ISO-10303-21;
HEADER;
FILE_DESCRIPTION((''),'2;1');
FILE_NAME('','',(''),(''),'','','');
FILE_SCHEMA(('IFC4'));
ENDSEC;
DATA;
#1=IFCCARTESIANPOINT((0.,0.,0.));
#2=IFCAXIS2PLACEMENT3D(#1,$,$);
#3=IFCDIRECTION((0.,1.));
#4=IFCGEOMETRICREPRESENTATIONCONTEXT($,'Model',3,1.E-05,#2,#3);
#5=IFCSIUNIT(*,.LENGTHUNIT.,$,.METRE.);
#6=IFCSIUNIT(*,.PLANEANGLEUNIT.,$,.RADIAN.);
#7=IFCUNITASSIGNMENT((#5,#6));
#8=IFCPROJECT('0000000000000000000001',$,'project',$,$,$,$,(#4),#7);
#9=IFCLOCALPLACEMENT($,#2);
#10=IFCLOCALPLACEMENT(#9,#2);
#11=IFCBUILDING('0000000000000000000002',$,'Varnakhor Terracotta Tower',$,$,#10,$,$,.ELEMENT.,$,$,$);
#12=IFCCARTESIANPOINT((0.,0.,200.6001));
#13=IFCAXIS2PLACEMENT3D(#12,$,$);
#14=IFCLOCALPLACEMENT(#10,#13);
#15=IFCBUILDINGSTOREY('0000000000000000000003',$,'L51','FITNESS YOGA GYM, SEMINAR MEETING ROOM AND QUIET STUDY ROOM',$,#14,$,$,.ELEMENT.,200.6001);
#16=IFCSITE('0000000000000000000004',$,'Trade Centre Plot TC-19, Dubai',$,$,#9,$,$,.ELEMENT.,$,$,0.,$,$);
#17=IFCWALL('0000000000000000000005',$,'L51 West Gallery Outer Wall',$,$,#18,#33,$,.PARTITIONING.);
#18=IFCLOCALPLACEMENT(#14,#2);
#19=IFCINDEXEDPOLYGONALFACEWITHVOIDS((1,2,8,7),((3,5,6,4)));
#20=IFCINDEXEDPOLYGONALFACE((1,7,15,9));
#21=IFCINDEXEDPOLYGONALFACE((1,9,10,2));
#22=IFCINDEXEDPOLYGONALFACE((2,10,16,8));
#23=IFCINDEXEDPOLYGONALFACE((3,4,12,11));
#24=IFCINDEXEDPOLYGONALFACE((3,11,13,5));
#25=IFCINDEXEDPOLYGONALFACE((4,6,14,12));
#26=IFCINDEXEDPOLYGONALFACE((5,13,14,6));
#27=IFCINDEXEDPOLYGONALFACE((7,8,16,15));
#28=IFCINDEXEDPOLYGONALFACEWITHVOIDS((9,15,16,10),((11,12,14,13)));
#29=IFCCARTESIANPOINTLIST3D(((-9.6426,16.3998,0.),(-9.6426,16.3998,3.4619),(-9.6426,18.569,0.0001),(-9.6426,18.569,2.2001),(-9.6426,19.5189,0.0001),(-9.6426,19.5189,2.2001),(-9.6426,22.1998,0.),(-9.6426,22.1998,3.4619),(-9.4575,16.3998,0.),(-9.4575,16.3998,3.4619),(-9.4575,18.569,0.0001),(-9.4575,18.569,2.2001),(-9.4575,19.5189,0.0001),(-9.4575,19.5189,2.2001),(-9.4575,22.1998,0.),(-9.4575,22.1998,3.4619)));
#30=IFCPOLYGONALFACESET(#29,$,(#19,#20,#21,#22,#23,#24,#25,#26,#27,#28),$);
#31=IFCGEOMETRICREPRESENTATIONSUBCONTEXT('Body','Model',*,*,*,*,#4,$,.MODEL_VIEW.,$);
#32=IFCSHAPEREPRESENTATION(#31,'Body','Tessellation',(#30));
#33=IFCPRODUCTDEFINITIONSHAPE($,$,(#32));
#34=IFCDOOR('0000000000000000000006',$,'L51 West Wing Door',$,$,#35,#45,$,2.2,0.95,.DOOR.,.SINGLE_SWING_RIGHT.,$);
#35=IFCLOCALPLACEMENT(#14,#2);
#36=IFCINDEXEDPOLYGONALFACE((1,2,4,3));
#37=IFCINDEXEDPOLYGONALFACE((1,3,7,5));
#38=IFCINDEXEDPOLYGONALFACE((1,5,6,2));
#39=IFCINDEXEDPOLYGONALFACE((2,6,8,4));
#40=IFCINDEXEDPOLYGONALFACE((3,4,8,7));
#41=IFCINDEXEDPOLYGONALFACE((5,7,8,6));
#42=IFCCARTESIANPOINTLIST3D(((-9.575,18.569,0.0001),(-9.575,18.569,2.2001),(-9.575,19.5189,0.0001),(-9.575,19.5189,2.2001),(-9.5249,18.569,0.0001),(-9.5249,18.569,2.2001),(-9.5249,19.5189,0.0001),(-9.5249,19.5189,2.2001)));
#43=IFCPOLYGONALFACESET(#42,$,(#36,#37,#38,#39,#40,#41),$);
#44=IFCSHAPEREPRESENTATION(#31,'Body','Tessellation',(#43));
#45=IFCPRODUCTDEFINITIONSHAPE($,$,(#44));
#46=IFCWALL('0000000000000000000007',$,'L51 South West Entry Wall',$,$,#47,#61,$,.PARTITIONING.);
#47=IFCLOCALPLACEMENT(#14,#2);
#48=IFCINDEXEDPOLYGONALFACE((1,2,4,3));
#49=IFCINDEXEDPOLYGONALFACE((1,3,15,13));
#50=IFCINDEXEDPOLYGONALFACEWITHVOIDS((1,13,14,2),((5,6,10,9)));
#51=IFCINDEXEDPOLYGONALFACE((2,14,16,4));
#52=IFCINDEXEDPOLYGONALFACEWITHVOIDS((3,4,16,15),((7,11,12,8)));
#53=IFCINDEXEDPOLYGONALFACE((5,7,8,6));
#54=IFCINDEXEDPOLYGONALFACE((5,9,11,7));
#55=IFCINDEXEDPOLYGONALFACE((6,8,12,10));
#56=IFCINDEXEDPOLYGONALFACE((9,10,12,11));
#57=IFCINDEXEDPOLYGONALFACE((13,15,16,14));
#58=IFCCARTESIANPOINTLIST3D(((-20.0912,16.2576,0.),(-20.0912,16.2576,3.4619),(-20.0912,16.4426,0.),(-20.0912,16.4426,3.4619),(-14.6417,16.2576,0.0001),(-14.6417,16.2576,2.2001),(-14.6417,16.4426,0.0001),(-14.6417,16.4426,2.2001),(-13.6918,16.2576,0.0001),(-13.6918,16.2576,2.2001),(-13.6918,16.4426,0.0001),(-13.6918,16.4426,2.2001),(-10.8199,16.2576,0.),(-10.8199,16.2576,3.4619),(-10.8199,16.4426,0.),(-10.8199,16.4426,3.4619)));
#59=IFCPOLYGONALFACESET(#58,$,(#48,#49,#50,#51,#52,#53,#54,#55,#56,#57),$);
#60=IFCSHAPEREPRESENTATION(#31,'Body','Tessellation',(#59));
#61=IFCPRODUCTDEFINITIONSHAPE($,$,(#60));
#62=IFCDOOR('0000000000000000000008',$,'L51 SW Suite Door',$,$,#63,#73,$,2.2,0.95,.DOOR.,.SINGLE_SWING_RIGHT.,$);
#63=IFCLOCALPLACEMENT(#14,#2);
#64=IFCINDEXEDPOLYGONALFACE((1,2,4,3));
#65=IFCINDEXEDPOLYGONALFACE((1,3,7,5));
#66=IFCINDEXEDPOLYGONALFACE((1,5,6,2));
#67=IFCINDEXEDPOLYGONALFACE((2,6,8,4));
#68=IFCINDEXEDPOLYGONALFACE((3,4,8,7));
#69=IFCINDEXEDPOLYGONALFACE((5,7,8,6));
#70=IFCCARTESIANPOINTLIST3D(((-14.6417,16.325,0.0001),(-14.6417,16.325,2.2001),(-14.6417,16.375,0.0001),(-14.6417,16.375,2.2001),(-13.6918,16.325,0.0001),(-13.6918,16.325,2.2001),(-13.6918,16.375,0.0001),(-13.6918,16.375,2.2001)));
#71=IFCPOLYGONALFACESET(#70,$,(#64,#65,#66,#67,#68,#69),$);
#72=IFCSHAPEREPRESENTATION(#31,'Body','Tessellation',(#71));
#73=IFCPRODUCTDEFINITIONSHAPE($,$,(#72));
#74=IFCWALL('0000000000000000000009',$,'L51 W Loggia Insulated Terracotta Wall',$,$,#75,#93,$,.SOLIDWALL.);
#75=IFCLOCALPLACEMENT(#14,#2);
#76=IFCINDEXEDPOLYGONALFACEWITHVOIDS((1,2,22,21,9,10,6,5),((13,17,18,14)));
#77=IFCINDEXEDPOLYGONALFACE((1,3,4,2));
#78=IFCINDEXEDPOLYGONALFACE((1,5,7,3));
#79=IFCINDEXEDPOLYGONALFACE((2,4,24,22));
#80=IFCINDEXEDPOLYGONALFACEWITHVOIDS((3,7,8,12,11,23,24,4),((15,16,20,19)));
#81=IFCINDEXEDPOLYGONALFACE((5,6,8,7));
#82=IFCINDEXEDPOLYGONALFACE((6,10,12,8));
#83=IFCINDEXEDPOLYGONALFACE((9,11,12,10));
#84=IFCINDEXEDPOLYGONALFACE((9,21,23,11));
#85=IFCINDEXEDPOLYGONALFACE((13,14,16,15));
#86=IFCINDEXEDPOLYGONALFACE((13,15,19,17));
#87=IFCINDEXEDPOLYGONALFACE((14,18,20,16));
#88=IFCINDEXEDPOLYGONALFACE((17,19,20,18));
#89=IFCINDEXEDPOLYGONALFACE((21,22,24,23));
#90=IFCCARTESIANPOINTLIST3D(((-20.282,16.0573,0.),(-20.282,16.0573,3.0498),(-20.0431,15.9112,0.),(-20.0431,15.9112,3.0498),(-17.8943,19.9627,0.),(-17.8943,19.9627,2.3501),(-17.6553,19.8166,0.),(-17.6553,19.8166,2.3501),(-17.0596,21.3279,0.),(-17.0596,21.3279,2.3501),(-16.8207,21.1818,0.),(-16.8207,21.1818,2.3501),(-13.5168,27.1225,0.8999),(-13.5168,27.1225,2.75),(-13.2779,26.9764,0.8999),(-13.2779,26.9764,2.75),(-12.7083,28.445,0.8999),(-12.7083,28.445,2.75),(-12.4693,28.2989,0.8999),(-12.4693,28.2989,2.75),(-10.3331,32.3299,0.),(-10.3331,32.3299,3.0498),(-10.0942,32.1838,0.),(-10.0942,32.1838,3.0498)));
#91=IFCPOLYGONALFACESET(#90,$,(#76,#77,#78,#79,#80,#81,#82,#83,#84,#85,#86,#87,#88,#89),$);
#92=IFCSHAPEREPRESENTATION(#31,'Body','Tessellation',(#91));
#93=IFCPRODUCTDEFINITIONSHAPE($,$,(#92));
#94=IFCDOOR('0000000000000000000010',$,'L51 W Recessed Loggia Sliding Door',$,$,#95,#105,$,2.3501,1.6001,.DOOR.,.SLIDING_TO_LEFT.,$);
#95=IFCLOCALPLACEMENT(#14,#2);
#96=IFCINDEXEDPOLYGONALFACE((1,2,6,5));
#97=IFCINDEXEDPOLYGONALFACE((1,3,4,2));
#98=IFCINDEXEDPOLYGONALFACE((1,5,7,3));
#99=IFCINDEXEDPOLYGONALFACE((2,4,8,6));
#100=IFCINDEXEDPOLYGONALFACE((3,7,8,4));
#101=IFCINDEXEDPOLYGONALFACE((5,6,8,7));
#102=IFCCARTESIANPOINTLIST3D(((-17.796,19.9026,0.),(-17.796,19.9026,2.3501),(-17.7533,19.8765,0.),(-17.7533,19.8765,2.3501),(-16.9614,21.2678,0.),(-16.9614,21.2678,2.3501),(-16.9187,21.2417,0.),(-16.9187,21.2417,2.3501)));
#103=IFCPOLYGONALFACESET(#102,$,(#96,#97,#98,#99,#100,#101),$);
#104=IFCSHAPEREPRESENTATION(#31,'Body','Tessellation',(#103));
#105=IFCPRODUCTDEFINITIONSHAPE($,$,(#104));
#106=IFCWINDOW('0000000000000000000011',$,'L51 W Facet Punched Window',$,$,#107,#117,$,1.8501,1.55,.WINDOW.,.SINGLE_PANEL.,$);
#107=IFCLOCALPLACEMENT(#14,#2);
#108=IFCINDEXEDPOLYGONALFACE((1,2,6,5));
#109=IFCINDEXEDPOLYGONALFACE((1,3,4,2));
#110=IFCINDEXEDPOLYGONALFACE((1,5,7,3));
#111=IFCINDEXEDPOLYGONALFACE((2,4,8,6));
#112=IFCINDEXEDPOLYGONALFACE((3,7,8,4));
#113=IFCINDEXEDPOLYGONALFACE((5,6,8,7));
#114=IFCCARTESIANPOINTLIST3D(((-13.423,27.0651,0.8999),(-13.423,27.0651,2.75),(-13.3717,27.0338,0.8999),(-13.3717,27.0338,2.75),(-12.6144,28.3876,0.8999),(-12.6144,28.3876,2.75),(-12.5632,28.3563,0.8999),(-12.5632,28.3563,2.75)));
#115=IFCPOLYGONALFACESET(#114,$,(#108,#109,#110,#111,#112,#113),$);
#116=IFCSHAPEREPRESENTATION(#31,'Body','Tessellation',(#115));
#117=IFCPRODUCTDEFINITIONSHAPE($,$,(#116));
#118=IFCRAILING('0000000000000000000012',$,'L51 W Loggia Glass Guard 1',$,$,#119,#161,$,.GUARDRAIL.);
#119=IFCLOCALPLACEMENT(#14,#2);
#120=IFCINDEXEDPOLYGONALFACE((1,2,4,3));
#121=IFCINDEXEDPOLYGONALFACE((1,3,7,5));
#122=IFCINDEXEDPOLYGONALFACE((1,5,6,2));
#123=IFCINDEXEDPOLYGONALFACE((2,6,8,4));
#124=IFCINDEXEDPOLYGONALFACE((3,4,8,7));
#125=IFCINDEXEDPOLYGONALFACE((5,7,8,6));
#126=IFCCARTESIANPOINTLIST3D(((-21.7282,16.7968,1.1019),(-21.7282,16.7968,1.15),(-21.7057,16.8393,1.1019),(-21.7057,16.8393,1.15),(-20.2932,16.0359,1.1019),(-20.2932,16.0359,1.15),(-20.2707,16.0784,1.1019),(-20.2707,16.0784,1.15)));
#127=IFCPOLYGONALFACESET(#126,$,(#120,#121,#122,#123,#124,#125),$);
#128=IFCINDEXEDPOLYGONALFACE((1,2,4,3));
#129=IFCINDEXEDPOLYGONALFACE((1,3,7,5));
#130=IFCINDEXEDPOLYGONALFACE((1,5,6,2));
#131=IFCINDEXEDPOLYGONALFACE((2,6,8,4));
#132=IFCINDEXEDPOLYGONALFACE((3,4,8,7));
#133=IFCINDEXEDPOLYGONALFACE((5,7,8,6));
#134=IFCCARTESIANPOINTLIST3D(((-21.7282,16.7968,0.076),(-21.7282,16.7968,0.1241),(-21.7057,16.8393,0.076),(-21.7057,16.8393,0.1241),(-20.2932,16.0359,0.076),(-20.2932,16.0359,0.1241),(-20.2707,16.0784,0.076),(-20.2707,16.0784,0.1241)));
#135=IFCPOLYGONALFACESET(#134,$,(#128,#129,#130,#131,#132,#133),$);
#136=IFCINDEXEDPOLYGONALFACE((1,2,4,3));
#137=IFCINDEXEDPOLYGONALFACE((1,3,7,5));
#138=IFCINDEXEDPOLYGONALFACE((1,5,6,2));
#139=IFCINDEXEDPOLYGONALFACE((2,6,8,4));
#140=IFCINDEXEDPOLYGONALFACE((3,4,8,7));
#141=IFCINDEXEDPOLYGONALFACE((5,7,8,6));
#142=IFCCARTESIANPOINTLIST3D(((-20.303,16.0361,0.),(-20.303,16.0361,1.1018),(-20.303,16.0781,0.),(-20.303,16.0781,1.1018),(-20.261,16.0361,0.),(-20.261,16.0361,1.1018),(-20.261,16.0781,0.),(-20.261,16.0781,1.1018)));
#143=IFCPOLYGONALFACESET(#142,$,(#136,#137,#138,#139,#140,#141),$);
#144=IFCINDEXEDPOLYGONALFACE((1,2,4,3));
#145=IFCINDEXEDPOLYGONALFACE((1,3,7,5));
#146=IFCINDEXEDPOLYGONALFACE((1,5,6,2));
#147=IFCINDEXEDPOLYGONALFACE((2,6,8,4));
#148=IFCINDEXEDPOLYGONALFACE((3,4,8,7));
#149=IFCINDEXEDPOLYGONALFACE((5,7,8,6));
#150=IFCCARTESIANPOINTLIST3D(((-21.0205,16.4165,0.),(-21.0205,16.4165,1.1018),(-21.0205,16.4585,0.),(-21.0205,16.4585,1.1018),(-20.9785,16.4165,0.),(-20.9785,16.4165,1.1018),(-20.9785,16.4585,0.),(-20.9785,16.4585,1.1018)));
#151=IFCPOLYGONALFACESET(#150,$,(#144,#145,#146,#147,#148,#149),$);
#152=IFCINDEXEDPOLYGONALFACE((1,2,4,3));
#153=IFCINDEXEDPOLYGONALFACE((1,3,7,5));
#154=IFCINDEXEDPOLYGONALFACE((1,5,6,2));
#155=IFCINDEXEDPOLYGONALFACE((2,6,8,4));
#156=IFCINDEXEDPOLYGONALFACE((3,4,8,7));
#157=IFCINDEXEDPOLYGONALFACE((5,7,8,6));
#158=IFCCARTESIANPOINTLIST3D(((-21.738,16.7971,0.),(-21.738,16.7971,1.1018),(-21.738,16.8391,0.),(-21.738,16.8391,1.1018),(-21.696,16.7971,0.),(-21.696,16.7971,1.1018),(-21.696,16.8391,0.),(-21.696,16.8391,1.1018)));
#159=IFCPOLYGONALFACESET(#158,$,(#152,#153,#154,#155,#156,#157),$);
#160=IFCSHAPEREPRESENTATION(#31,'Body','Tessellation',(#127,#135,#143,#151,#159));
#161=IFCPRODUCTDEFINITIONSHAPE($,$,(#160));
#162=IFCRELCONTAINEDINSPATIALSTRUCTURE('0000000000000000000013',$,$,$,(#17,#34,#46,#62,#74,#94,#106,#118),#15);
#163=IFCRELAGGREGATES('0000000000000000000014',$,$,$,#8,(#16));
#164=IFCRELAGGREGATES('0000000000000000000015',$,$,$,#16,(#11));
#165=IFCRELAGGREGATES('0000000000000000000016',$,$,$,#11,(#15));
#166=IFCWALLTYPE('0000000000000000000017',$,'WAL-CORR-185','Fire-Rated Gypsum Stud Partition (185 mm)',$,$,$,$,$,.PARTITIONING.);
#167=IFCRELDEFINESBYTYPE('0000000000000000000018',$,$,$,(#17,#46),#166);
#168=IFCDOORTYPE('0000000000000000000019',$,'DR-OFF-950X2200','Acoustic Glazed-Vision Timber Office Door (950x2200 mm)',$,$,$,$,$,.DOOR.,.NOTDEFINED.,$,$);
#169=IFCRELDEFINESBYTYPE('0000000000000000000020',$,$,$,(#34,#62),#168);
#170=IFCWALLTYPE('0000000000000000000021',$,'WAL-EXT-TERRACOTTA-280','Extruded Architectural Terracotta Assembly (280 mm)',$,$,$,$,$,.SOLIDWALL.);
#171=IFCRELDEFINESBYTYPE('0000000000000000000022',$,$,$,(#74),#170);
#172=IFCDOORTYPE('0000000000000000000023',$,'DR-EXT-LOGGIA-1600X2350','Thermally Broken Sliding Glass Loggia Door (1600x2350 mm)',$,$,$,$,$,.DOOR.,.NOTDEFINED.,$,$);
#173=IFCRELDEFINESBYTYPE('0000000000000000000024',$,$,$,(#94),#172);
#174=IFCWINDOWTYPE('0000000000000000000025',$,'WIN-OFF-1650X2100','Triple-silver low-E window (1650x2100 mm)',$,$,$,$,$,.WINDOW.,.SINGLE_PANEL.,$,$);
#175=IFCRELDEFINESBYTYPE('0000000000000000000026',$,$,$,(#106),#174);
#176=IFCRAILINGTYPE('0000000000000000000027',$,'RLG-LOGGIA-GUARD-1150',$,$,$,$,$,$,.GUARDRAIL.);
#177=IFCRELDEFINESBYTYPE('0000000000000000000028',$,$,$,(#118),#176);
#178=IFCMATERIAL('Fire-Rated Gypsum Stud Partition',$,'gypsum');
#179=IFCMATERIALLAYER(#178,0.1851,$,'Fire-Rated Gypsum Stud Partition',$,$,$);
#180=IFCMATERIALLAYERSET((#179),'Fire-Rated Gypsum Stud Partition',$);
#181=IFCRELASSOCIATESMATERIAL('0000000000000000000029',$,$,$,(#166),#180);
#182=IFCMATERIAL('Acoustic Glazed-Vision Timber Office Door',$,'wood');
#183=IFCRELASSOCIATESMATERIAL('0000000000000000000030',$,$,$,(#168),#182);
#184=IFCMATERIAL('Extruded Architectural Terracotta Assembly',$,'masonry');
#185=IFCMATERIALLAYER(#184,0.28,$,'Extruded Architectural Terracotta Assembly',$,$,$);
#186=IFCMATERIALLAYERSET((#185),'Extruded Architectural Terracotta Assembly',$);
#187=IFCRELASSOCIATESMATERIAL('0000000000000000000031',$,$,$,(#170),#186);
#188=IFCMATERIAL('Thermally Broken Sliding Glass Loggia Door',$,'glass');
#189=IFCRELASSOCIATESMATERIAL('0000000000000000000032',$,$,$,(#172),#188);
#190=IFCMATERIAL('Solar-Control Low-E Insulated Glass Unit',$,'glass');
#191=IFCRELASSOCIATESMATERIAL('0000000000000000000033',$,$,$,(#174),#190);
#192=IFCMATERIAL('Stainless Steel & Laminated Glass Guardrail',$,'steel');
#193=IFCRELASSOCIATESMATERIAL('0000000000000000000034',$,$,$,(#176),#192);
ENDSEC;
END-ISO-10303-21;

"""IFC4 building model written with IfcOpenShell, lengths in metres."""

from ifc_helpers import new_model, si_unit, direction, frame, frame_2d, origin, origin_2d, place, context, subcontext, project, spatial, rectangle, extrude, source, transform, mapped, material, layer, layer_set, type_object, type_shapes, element, fill, save


model = new_model("IFC4")

# Units and contexts
model_context = context("Model", 3, precision=1e-05, world=origin(), true_north=direction((0.0, 1.0)))
body_context = subcontext(model_context, "Body", "Model", "MODEL_VIEW")
ifc_project = project(units=[si_unit("LENGTHUNIT", "METRE"), si_unit("PLANEANGLEUNIT", "RADIAN")], contexts=[model_context])

# Site, building, storey
site_placement = place(None, origin())
site = spatial("IfcSite", under=ifc_project, at=site_placement, Name="Trade Centre Plot TC-19, Dubai", CompositionType="ELEMENT", RefElevation=0.0)
building_placement = place(site_placement, origin())
building = spatial("IfcBuilding", under=site, at=building_placement, Name="Varnakhor Terracotta Tower", CompositionType="ELEMENT")
storey_placement = place(building_placement, frame((0.0, 0.0, 200.6001)))
storey = spatial("IfcBuildingStorey", under=building, at=storey_placement, Name="L51", Description="FITNESS YOGA GYM, SEMINAR MEETING ROOM AND QUIET STUDY ROOM", CompositionType="ELEMENT", Elevation=200.6001)

# Walls, openings, doors
ifc_material_1 = material(Name="Fire-Rated Gypsum Stud Partition", Category="gypsum")
ifc_layer_1 = layer(ifc_material_1, 0.1851, Name="Fire-Rated Gypsum Stud Partition")
ifc_layer_set_1 = layer_set([ifc_layer_1], Name="Fire-Rated Gypsum Stud Partition")
wall_type_1 = type_object("IfcWallType", Name="WAL-CORR-185", Description="Fire-Rated Gypsum Stud Partition (185 mm)", PredefinedType="PARTITIONING", material=ifc_layer_set_1)
wall_1_placement = place(storey_placement, frame((-9.55, 16.3999, 0.0), z_axis=(0.0, 0.0, 1.0), x_axis=(0.0, 1.0, 0.0)))
wall_1 = element("IfcWall", 1, at=wall_1_placement, inside=storey, type_object=wall_type_1, Name="L51 West Gallery Outer Wall", PredefinedType="PARTITIONING", context=body_context, shape_type="SweptSolid", body=[
    extrude(rectangle(XDim=5.8, YDim=0.1851, at=frame_2d((2.8999, 0.0))), origin(), (0.0, 0.0, 1.0), 3.4619),
])
opening_1_placement = place(wall_1_placement, frame((2.1689, 0.0, 0.0)))
opening_1 = element("IfcOpeningElement", 2, at=opening_1_placement, cuts=wall_1, PredefinedType="OPENING", context=body_context, shape_type="SweptSolid", body=[
    extrude(rectangle(XDim=0.95, YDim=2.2, at=frame_2d((0.4751, 1.1001))), frame((0.0, 0.1025, 0.0), z_axis=(0.0, -1.0, 0.0), x_axis=(1.0, 0.0, 0.0)), (0.0, 0.0, 1.0), 0.2051),
])
ifc_material_2 = material(Name="Acoustic Glazed-Vision Timber Office Door", Category="wood")
door_type_1 = type_object("IfcDoorType", Name="DR-OFF-950X2200", Description="Acoustic Glazed-Vision Timber Office Door (950x2200 mm)", OperationType="NOTDEFINED", PredefinedType="DOOR", material=ifc_material_2)
shared_shape_1 = source(origin(), body_context, "Body", "SweptSolid", [
    extrude(rectangle(XDim=0.95, YDim=2.2, at=frame_2d((0.4751, 1.1001))), frame((0.0, 0.0249, 0.0), z_axis=(0.0, -1.0, 0.0), x_axis=(1.0, 0.0, 0.0)), (0.0, 0.0, 1.0), 0.05),
])
type_shapes(door_type_1, [shared_shape_1])
door_1_placement = place(opening_1_placement, origin())
door_1 = element("IfcDoor", 3, at=door_1_placement, inside=storey, type_object=door_type_1, Name="L51 West Wing Door", OperationType="SINGLE_SWING_RIGHT", OverallHeight=2.2, OverallWidth=0.95, PredefinedType="DOOR", context=body_context, shape_type="MappedRepresentation", body=[
    mapped(shared_shape_1, transform((0.0, 0.0, 0.0), scale=1.0)),
])
fill(opening_1, door_1)
wall_2_placement = place(storey_placement, frame((-20.0913, 16.3501, 0.0), z_axis=(0.0, 0.0, 1.0), x_axis=(1.0, 0.0, 0.0)))
wall_2 = element("IfcWall", 4, at=wall_2_placement, inside=storey, type_object=wall_type_1, Name="L51 South West Entry Wall", PredefinedType="PARTITIONING", context=body_context, shape_type="SweptSolid", body=[
    extrude(rectangle(XDim=9.2712, YDim=0.1851, at=frame_2d((4.6357, 0.0))), origin(), (0.0, 0.0, 1.0), 3.4619),
])
opening_2_placement = place(wall_2_placement, frame((5.4495, 0.0, 0.0)))
opening_2 = element("IfcOpeningElement", 5, at=opening_2_placement, cuts=wall_2, PredefinedType="OPENING", context=body_context, shape_type="SweptSolid", body=[
    extrude(rectangle(XDim=0.95, YDim=2.2, at=frame_2d((0.4751, 1.1001))), frame((0.0, 0.1025, 0.0), z_axis=(0.0, -1.0, 0.0), x_axis=(1.0, 0.0, 0.0)), (0.0, 0.0, 1.0), 0.2051),
])
door_2_placement = place(opening_2_placement, origin())
door_2 = element("IfcDoor", 6, at=door_2_placement, inside=storey, type_object=door_type_1, Name="L51 SW Suite Door", OperationType="SINGLE_SWING_RIGHT", OverallHeight=2.2, OverallWidth=0.95, PredefinedType="DOOR", context=body_context, shape_type="MappedRepresentation", body=[
    mapped(shared_shape_1, transform((0.0, 0.0, 0.0), scale=1.0)),
])
fill(opening_2, door_2)

# Wall, openings, door, window
ifc_material_3 = material(Name="Extruded Architectural Terracotta Assembly", Category="masonry")
ifc_layer_2 = layer(ifc_material_3, 0.28, Name="Extruded Architectural Terracotta Assembly")
ifc_layer_set_2 = layer_set([ifc_layer_2], Name="Extruded Architectural Terracotta Assembly")
wall_type_2 = type_object("IfcWallType", Name="WAL-EXT-TERRACOTTA-280", Description="Extruded Architectural Terracotta Assembly (280 mm)", PredefinedType="SOLIDWALL", material=ifc_layer_set_2)
wall_3_placement = place(storey_placement, frame((-20.1626, 15.9841, 0.0), z_axis=(0.0, 0.0, 1.0), x_axis=(0.521623, 0.853176, 0.0)))
wall_3 = element("IfcWall", 7, at=wall_3_placement, inside=storey, type_object=wall_type_2, Name="L51 W Loggia Insulated Terracotta Wall", PredefinedType="SOLIDWALL", context=body_context, shape_type="SweptSolid", body=[
    extrude(rectangle(XDim=19.073, YDim=0.28, at=frame_2d((9.5366, 0.0))), origin(), (0.0, 0.0, 1.0), 3.0498),
])
opening_3_placement = place(wall_3_placement, frame((4.5776, 0.0, 0.0)))
opening_3 = element("IfcOpeningElement", 8, at=opening_3_placement, cuts=wall_3, PredefinedType="OPENING", context=body_context, shape_type="SweptSolid", body=[
    extrude(rectangle(XDim=1.6001, YDim=2.3501, at=frame_2d((0.8, 1.175))), frame((0.0, 0.1499, 0.0), z_axis=(0.0, -1.0, 0.0), x_axis=(1.0, 0.0, 0.0)), (0.0, 0.0, 1.0), 0.3),
])
opening_4_placement = place(wall_3_placement, frame((12.9697, 0.0, 0.8999)))
opening_4 = element("IfcOpeningElement", 9, at=opening_4_placement, cuts=wall_3, PredefinedType="OPENING", context=body_context, shape_type="SweptSolid", body=[
    extrude(rectangle(XDim=1.55, YDim=1.8501, at=frame_2d((0.7749, 0.925))), frame((0.0, 0.1499, 0.0), z_axis=(0.0, -1.0, 0.0), x_axis=(1.0, 0.0, 0.0)), (0.0, 0.0, 1.0), 0.3),
])
ifc_material_4 = material(Name="Thermally Broken Sliding Glass Loggia Door", Category="glass")
door_type_2 = type_object("IfcDoorType", Name="DR-EXT-LOGGIA-1600X2350", Description="Thermally Broken Sliding Glass Loggia Door (1600x2350 mm)", OperationType="NOTDEFINED", PredefinedType="DOOR", material=ifc_material_4)
shared_shape_2 = source(origin(), body_context, "Body", "SweptSolid", [
    extrude(rectangle(XDim=1.6001, YDim=2.3501, at=frame_2d((0.8, 1.175))), frame((0.0, 0.0249, 0.0), z_axis=(0.0, -1.0, 0.0), x_axis=(1.0, 0.0, 0.0)), (0.0, 0.0, 1.0), 0.05),
])
type_shapes(door_type_2, [shared_shape_2])
door_3_placement = place(opening_3_placement, origin())
door_3 = element("IfcDoor", 10, at=door_3_placement, inside=storey, type_object=door_type_2, Name="L51 W Recessed Loggia Sliding Door", OperationType="SLIDING_TO_LEFT", OverallHeight=2.3501, OverallWidth=1.6001, PredefinedType="DOOR", context=body_context, shape_type="MappedRepresentation", body=[
    mapped(shared_shape_2, transform((0.0, 0.0, 0.0), scale=1.0)),
])
fill(opening_3, door_3)
ifc_material_5 = material(Name="Solar-Control Low-E Insulated Glass Unit", Category="glass")
window_type = type_object("IfcWindowType", Name="WIN-OFF-1650X2100", Description="Triple-silver low-E window (1650x2100 mm)", PartitioningType="SINGLE_PANEL", PredefinedType="WINDOW", material=ifc_material_5)
shared_shape_3 = source(origin(), body_context, "Body", "SweptSolid", [
    extrude(rectangle(XDim=1.55, YDim=1.8501, at=frame_2d((0.7749, 0.925))), frame((0.0, 0.03, 0.0), z_axis=(0.0, -1.0, 0.0), x_axis=(1.0, 0.0, 0.0)), (0.0, 0.0, 1.0), 0.0601),
])
type_shapes(window_type, [shared_shape_3])
window_placement = place(opening_4_placement, origin())
window = element("IfcWindow", 11, at=window_placement, inside=storey, type_object=window_type, Name="L51 W Facet Punched Window", OverallHeight=1.8501, OverallWidth=1.55, PartitioningType="SINGLE_PANEL", PredefinedType="WINDOW", context=body_context, shape_type="MappedRepresentation", body=[
    mapped(shared_shape_3, transform((0.0, 0.0, 0.0), scale=1.0)),
])
fill(opening_4, window)

# Railing
ifc_material_6 = material(Name="Stainless Steel & Laminated Glass Guardrail", Category="steel")
railing_type = type_object("IfcRailingType", Name="RLG-LOGGIA-GUARD-1150", PredefinedType="GUARDRAIL", material=ifc_material_6)
railing_1_placement = place(storey_placement, frame((-20.282, 16.0571, 0.0)))
element("IfcRailing", 12, at=railing_1_placement, inside=storey, type_object=railing_type, Name="L51 W Loggia Glass Guard 1", PredefinedType="GUARDRAIL", context=body_context, shape_type="SweptSolid", body=[
    extrude(rectangle(XDim=0.0481, YDim=0.0481, at=origin_2d()), frame((0.0, 0.0, 1.126), z_axis=(-0.88347, 0.468488, 0.0), x_axis=(-0.468488, -0.88347, 0.0)), (0.0, 0.0, 1.0), 1.6243),
    extrude(rectangle(XDim=0.0481, YDim=0.0481, at=origin_2d()), frame((0.0, 0.0, 0.1001), z_axis=(-0.88347, 0.468488, 0.0), x_axis=(-0.468488, -0.88347, 0.0)), (0.0, 0.0, 1.0), 1.6243),
    extrude(rectangle(XDim=0.042, YDim=0.042, at=origin_2d()), origin(), (0.0, 0.0, 1.0), 1.1018),
    extrude(rectangle(XDim=0.042, YDim=0.042, at=origin_2d()), frame((-0.7175, 0.3804, 0.0)), (0.0, 0.0, 1.0), 1.1018),
    extrude(rectangle(XDim=0.042, YDim=0.042, at=origin_2d()), frame((-1.4351, 0.761, 0.0)), (0.0, 0.0, 1.0), 1.1018),
])

save(model, "model.ifc")
